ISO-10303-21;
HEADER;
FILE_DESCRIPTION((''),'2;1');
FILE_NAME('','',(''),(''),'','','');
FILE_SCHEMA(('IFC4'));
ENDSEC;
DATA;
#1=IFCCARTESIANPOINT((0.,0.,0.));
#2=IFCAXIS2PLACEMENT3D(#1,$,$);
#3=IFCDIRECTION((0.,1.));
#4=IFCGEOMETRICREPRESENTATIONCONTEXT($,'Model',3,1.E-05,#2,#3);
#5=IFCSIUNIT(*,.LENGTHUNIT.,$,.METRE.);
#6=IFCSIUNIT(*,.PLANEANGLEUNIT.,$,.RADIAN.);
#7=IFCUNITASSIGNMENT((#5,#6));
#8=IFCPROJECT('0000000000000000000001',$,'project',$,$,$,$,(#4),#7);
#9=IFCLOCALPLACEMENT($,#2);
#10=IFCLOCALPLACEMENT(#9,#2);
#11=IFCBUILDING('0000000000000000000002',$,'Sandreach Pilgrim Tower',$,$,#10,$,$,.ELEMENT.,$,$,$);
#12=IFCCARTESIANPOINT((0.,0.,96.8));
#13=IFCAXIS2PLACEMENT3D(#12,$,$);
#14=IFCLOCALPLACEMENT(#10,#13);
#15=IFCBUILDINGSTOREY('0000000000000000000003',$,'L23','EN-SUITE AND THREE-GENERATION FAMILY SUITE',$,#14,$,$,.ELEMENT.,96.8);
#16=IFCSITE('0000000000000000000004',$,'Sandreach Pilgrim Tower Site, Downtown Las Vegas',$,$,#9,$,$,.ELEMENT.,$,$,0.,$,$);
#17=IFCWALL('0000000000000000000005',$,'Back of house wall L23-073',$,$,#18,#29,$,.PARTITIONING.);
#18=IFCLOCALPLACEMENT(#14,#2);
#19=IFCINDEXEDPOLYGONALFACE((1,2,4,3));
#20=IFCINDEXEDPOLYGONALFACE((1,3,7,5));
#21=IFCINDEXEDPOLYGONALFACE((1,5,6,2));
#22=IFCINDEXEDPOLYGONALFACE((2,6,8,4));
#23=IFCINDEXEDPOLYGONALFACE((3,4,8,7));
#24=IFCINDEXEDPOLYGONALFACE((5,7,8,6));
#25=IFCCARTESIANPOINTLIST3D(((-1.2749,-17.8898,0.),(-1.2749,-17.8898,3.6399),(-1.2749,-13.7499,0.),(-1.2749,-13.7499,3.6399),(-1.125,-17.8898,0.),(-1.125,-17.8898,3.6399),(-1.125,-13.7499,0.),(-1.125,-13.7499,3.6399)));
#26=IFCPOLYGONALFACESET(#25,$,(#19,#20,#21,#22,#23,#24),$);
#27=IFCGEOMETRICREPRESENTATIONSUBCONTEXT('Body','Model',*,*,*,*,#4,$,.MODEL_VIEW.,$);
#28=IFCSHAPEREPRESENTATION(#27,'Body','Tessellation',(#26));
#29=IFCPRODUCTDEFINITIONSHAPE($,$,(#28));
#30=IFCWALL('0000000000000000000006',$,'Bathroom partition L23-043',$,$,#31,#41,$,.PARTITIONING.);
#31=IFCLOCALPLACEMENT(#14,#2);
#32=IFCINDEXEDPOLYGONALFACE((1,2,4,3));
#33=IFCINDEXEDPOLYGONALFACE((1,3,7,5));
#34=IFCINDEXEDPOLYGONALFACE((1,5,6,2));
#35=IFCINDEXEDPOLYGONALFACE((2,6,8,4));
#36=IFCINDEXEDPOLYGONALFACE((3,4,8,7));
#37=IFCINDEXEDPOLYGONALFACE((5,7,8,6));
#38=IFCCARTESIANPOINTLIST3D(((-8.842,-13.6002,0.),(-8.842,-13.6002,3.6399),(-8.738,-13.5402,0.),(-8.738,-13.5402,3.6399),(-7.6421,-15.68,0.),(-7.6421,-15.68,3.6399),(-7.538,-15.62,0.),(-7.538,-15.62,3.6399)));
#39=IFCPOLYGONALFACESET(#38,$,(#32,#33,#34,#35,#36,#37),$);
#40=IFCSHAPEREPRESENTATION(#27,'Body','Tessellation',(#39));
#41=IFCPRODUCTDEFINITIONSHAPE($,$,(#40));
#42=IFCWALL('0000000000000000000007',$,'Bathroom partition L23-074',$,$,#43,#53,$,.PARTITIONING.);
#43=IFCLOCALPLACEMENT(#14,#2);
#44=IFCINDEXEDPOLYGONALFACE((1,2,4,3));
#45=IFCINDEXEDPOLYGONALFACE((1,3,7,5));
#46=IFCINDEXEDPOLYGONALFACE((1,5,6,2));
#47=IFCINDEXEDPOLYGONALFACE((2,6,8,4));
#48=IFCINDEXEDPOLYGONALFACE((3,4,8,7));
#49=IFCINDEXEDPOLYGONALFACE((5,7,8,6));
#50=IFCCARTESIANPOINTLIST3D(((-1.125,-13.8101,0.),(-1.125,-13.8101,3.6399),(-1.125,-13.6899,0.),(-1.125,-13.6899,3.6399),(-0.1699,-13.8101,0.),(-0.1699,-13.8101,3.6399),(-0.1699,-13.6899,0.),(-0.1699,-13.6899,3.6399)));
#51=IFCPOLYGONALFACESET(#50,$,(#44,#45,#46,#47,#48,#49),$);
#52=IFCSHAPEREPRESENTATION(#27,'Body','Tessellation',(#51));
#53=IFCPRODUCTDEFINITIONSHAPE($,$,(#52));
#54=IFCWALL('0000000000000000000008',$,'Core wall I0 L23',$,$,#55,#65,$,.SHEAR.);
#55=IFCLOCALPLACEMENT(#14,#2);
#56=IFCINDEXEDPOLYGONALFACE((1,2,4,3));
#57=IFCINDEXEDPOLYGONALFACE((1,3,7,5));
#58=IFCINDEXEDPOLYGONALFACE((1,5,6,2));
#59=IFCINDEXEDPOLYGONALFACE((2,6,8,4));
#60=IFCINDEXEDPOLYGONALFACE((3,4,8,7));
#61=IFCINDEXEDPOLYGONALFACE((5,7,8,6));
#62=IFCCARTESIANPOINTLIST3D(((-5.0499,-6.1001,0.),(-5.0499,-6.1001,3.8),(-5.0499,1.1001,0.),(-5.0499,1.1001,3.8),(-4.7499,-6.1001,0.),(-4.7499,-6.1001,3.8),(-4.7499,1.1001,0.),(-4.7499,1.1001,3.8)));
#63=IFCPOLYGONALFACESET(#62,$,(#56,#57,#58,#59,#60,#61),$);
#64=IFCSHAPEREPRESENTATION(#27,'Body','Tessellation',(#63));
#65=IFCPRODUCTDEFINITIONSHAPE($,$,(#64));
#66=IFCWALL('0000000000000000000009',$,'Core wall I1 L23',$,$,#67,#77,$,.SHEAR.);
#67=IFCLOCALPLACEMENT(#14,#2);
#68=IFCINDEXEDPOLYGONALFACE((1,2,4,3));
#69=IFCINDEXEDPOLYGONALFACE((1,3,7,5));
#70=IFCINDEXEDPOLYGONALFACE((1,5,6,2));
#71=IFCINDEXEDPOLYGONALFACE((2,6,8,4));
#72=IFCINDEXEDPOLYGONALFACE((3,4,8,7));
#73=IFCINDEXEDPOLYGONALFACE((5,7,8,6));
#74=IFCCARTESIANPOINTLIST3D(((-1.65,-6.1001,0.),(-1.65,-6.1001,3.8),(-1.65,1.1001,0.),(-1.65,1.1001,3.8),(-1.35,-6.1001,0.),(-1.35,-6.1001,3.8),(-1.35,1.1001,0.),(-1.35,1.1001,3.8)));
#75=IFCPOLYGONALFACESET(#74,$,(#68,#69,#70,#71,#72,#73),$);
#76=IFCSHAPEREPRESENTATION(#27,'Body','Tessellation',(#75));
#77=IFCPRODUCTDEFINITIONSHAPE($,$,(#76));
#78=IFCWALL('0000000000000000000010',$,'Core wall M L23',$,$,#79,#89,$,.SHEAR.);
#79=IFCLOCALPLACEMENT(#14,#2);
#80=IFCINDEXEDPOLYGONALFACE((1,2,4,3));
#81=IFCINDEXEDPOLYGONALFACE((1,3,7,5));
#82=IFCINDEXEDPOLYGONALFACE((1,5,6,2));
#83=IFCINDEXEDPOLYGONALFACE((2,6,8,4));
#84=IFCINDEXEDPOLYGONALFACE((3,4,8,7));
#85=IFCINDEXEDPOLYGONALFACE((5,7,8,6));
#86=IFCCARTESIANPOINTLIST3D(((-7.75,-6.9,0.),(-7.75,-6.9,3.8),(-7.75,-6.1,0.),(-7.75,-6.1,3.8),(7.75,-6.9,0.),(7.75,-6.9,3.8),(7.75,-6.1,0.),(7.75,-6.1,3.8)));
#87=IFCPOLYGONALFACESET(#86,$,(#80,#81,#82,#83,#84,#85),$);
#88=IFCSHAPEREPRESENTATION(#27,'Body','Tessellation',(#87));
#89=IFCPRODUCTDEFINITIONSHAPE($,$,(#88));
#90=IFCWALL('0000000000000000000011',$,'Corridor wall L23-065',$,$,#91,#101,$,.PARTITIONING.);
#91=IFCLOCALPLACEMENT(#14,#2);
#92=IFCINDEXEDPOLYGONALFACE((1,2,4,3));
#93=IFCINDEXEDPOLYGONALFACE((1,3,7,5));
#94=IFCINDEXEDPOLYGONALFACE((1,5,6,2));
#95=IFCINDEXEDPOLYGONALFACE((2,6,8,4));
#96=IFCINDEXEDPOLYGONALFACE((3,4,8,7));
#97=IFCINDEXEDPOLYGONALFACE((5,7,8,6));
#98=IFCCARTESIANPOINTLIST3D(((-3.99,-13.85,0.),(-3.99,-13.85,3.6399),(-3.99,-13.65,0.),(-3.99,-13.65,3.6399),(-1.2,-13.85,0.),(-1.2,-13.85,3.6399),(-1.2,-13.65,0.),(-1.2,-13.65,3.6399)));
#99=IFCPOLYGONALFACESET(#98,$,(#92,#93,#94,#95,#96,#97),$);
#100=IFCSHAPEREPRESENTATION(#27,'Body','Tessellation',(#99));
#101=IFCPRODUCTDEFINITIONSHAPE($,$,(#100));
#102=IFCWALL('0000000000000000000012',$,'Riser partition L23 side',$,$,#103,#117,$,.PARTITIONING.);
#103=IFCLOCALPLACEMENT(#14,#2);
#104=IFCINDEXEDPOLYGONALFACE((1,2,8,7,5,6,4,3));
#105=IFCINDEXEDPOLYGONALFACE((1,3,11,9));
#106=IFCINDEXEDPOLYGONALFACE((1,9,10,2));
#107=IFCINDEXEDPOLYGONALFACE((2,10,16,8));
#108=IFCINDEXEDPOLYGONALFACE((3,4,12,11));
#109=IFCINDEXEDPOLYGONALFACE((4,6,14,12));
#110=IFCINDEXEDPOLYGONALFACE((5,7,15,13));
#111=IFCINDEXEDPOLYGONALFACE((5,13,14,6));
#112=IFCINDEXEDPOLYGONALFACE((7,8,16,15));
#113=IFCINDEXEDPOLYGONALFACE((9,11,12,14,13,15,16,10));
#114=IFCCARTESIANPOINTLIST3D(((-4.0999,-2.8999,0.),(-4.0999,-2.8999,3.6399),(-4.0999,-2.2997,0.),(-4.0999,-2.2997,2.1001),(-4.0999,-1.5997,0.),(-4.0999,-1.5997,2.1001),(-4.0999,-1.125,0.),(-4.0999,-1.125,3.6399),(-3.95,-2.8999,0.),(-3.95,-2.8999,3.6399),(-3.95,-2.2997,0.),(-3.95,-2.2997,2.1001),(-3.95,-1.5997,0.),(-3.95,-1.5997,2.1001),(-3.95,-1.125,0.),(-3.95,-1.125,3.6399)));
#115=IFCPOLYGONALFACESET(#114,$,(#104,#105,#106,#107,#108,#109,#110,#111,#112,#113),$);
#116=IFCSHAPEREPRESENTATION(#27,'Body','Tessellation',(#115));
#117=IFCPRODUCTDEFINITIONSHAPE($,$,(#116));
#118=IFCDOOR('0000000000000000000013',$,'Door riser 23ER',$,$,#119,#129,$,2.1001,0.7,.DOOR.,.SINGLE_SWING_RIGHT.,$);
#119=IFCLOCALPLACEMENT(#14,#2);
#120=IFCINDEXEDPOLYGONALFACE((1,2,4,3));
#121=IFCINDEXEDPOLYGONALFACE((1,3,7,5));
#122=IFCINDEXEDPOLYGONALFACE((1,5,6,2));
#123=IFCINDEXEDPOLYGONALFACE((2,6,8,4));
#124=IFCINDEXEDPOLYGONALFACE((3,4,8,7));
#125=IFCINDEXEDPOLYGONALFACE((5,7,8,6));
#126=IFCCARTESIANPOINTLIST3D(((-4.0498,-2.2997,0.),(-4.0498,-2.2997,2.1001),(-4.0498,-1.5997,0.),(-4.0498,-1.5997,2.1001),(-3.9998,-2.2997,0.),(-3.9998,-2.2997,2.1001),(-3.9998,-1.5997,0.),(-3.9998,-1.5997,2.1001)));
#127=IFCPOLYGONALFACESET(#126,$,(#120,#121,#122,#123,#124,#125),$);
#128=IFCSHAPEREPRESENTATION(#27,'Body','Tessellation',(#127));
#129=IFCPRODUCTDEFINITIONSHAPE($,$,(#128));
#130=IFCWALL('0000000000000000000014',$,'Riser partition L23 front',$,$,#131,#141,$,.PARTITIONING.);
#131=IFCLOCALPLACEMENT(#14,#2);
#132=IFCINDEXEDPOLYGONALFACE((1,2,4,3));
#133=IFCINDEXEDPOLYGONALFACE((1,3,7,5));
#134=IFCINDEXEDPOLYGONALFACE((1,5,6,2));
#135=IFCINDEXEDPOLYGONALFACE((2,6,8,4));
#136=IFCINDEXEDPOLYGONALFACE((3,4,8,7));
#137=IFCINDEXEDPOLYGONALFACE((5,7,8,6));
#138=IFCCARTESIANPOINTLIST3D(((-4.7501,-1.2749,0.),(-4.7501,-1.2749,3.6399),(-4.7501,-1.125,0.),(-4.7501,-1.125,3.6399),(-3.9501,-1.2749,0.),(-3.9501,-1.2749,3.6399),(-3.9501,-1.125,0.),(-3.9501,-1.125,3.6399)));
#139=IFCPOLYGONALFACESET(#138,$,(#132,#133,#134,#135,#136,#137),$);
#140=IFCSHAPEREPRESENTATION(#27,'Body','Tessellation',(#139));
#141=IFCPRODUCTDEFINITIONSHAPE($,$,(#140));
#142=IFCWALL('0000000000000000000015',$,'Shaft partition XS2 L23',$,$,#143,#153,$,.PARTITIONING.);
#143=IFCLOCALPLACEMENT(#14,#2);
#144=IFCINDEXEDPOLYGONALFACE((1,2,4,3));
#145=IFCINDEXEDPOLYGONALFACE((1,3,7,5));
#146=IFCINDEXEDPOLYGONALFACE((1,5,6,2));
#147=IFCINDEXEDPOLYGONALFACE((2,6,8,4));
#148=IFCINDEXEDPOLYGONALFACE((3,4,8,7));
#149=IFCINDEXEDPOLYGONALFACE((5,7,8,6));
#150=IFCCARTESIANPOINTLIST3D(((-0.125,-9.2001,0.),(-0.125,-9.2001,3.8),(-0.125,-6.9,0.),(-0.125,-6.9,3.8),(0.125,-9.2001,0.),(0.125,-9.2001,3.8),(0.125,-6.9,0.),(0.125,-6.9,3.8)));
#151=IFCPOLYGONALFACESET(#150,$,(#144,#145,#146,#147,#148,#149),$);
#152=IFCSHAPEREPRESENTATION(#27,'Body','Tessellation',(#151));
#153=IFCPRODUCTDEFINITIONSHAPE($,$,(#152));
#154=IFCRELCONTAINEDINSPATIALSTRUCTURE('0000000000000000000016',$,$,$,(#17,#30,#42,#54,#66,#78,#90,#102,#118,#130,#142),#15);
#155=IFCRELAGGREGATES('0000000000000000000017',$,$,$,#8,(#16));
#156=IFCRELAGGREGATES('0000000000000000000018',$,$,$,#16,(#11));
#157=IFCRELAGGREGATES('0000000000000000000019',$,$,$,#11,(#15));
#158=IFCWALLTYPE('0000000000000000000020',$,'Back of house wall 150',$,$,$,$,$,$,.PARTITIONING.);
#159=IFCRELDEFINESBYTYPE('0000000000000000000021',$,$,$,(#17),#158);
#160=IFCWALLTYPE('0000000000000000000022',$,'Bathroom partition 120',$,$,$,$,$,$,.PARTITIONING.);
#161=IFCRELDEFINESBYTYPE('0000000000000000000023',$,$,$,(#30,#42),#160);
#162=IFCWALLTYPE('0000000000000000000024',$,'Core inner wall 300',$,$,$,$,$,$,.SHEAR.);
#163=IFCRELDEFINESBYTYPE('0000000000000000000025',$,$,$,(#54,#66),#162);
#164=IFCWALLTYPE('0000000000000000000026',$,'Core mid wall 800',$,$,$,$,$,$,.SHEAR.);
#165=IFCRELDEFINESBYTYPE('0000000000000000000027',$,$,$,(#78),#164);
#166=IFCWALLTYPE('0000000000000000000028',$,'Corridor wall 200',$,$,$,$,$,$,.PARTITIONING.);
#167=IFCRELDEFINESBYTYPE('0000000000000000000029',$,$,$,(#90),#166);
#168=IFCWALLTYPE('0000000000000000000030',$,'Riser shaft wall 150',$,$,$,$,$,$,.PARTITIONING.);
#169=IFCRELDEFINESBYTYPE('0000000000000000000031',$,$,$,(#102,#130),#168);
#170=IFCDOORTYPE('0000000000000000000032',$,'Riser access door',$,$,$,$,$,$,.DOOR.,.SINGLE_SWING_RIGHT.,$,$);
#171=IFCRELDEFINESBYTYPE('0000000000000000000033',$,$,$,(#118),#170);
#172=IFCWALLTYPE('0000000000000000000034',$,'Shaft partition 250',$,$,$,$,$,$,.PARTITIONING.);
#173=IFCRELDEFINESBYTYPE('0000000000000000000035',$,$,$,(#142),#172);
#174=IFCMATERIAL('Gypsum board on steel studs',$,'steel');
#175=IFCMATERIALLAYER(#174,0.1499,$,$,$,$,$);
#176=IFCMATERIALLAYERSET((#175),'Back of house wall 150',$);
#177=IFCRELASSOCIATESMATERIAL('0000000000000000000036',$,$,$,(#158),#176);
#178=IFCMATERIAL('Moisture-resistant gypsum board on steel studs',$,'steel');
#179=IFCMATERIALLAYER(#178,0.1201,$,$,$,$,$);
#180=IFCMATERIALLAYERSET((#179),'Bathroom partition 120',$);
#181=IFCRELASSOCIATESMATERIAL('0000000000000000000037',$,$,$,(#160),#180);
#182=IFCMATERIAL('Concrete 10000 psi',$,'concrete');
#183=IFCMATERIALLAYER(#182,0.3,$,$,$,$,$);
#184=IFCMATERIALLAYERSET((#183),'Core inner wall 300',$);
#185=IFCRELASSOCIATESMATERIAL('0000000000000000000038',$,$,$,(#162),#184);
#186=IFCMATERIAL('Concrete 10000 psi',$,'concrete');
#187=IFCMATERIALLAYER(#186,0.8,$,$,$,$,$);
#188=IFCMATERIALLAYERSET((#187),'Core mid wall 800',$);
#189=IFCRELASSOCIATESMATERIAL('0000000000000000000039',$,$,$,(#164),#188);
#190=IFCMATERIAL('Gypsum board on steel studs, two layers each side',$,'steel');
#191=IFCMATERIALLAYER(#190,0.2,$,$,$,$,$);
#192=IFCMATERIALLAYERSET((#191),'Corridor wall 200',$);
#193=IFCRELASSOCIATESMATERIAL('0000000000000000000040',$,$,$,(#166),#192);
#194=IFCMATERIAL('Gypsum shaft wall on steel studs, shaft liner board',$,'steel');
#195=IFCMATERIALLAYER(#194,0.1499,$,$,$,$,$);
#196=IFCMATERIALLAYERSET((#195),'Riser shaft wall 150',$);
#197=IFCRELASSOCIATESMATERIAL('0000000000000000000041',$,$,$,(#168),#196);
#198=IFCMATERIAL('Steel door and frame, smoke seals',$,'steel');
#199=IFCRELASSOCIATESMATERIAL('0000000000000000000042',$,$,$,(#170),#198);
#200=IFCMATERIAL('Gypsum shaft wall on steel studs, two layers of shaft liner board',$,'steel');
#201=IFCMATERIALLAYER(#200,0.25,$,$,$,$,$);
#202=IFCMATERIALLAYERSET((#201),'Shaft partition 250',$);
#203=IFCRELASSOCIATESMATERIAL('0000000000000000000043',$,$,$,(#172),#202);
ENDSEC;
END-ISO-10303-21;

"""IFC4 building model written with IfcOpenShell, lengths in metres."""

from ifc_helpers import new_model, si_unit, direction, frame, frame_2d, origin, place, context, subcontext, project, spatial, rectangle, extrude, material, layer, layer_set, type_object, element, fill, save


model = new_model("IFC4")

# Units and contexts
model_context = context("Model", 3, precision=1e-05, world=origin(), true_north=direction((0.0, 1.0)))
body_context = subcontext(model_context, "Body", "Model", "MODEL_VIEW")
ifc_project = project(units=[si_unit("LENGTHUNIT", "METRE"), si_unit("PLANEANGLEUNIT", "RADIAN")], contexts=[model_context])

# Site, building, storey
site_placement = place(None, origin())
site = spatial("IfcSite", under=ifc_project, at=site_placement, Name="Sandreach Pilgrim Tower Site, Downtown Las Vegas", CompositionType="ELEMENT", RefElevation=0.0)
building_placement = place(site_placement, origin())
building = spatial("IfcBuilding", under=site, at=building_placement, Name="Sandreach Pilgrim Tower", CompositionType="ELEMENT")
storey_placement = place(building_placement, frame((0.0, 0.0, 96.8)))
storey = spatial("IfcBuildingStorey", under=building, at=storey_placement, Name="L23", Description="EN-SUITE AND THREE-GENERATION FAMILY SUITE", CompositionType="ELEMENT", Elevation=96.8)

# Walls
ifc_material_1 = material(Name="Gypsum board on steel studs", Category="steel")
ifc_layer_1 = layer(ifc_material_1, 0.1499)
ifc_layer_set_1 = layer_set([ifc_layer_1], Name="Back of house wall 150")
wall_type_1 = type_object("IfcWallType", Name="Back of house wall 150", PredefinedType="PARTITIONING", material=ifc_layer_set_1)
wall_1_placement = place(storey_placement, frame((-1.2, -13.75, 0.0), z_axis=(0.0, 0.0, 1.0), x_axis=(0.0, -1.0, 0.0)))
element("IfcWall", 1, at=wall_1_placement, inside=storey, type_object=wall_type_1, Name="Back of house wall L23-073", PredefinedType="PARTITIONING", context=body_context, shape_type="SweptSolid", body=[
    extrude(rectangle(XDim=4.1399, YDim=0.1499, at=frame_2d((2.0698, 0.0))), origin(), (0.0, 0.0, 1.0), 3.6399),
])
ifc_material_2 = material(Name="Moisture-resistant gypsum board on steel studs", Category="steel")
ifc_layer_2 = layer(ifc_material_2, 0.1201)
ifc_layer_set_2 = layer_set([ifc_layer_2], Name="Bathroom partition 120")
wall_type_2 = type_object("IfcWallType", Name="Bathroom partition 120", PredefinedType="PARTITIONING", material=ifc_layer_set_2)
wall_2_placement = place(storey_placement, frame((-8.79, -13.5701, 0.0), z_axis=(0.0, 0.0, 1.0), x_axis=(0.499737, -0.866177, 0.0)))
element("IfcWall", 2, at=wall_2_placement, inside=storey, type_object=wall_type_2, Name="Bathroom partition L23-043", PredefinedType="PARTITIONING", context=body_context, shape_type="SweptSolid", body=[
    extrude(rectangle(XDim=2.4011, YDim=0.1201, at=frame_2d((1.2007, 0.0))), origin(), (0.0, 0.0, 1.0), 3.6399),
])
wall_3_placement = place(storey_placement, frame((-1.125, -13.75, 0.0), z_axis=(0.0, 0.0, 1.0), x_axis=(1.0, 0.0, 0.0)))
element("IfcWall", 3, at=wall_3_placement, inside=storey, type_object=wall_type_2, Name="Bathroom partition L23-074", PredefinedType="PARTITIONING", context=body_context, shape_type="SweptSolid", body=[
    extrude(rectangle(XDim=0.9551, YDim=0.1201, at=frame_2d((0.4775, 0.0))), origin(), (0.0, 0.0, 1.0), 3.6399),
])
ifc_material_3 = material(Name="Concrete 10000 psi", Category="concrete")
ifc_layer_3 = layer(ifc_material_3, 0.3)
ifc_layer_set_3 = layer_set([ifc_layer_3], Name="Core inner wall 300")
wall_type_3 = type_object("IfcWallType", Name="Core inner wall 300", PredefinedType="SHEAR", material=ifc_layer_set_3)
for number, where, z_axis, x_axis, name in (
    (4, (-4.8999, -6.1001, 0.0), (0.0, 0.0, 1.0), (0.0, 1.0, 0.0), "Core wall I0 L23"),
    (5, (-1.5, -6.1001, 0.0), (0.0, 0.0, 1.0), (0.0, 1.0, 0.0), "Core wall I1 L23"),
):
    element("IfcWall", number, at=place(storey_placement, frame(where, z_axis=z_axis, x_axis=x_axis)), inside=storey, type_object=wall_type_3, Name=name, PredefinedType="SHEAR", context=body_context, shape_type="SweptSolid", body=[
        extrude(rectangle(XDim=7.2002, YDim=0.3, at=frame_2d((3.6001, 0.0))), origin(), (0.0, 0.0, 1.0), 3.8),
    ])

# Wall
ifc_material_4 = material(Name="Concrete 10000 psi", Category="concrete")
ifc_layer_4 = layer(ifc_material_4, 0.8)
ifc_layer_set_4 = layer_set([ifc_layer_4], Name="Core mid wall 800")
wall_type_4 = type_object("IfcWallType", Name="Core mid wall 800", PredefinedType="SHEAR", material=ifc_layer_set_4)
wall_4_placement = place(storey_placement, frame((-7.75, -6.5, 0.0), z_axis=(0.0, 0.0, 1.0), x_axis=(1.0, 0.0, 0.0)))
element("IfcWall", 6, at=wall_4_placement, inside=storey, type_object=wall_type_4, Name="Core wall M L23", PredefinedType="SHEAR", context=body_context, shape_type="SweptSolid", body=[
    extrude(rectangle(XDim=15.5, YDim=0.8, at=frame_2d((7.75, 0.0))), origin(), (0.0, 0.0, 1.0), 3.8),
])

# Wall
ifc_material_5 = material(Name="Gypsum board on steel studs, two layers each side", Category="steel")
ifc_layer_5 = layer(ifc_material_5, 0.2)
ifc_layer_set_5 = layer_set([ifc_layer_5], Name="Corridor wall 200")
wall_type_5 = type_object("IfcWallType", Name="Corridor wall 200", PredefinedType="PARTITIONING", material=ifc_layer_set_5)
wall_5_placement = place(storey_placement, frame((-3.99, -13.75, 0.0), z_axis=(0.0, 0.0, 1.0), x_axis=(1.0, 0.0, 0.0)))
element("IfcWall", 7, at=wall_5_placement, inside=storey, type_object=wall_type_5, Name="Corridor wall L23-065", PredefinedType="PARTITIONING", context=body_context, shape_type="SweptSolid", body=[
    extrude(rectangle(XDim=2.79, YDim=0.2, at=frame_2d((1.395, 0.0))), origin(), (0.0, 0.0, 1.0), 3.6399),
])

# Wall, opening, door
ifc_material_6 = material(Name="Gypsum shaft wall on steel studs, shaft liner board", Category="steel")
ifc_layer_6 = layer(ifc_material_6, 0.1499)
ifc_layer_set_6 = layer_set([ifc_layer_6], Name="Riser shaft wall 150")
wall_type_6 = type_object("IfcWallType", Name="Riser shaft wall 150", PredefinedType="PARTITIONING", material=ifc_layer_set_6)
wall_6_placement = place(storey_placement, frame((-4.0249, -2.8999, 0.0), z_axis=(0.0, 0.0, 1.0), x_axis=(0.0, 1.0, 0.0)))
wall_6 = element("IfcWall", 8, at=wall_6_placement, inside=storey, type_object=wall_type_6, Name="Riser partition L23 side", PredefinedType="PARTITIONING", context=body_context, shape_type="SweptSolid", body=[
    extrude(rectangle(XDim=1.7749, YDim=0.1499, at=frame_2d((0.8875, 0.0))), origin(), (0.0, 0.0, 1.0), 3.6399),
])
opening_1_placement = place(wall_6_placement, frame((0.6001, 0.0, 0.0)))
opening_1 = element("IfcOpeningElement", 9, at=opening_1_placement, cuts=wall_6, PredefinedType="OPENING", context=body_context, shape_type="SweptSolid", body=[
    extrude(rectangle(XDim=0.7, YDim=2.1001, at=frame_2d((0.3501, 1.05))), frame((0.0, 0.075, 0.0), z_axis=(0.0, -1.0, 0.0), x_axis=(1.0, 0.0, 0.0)), (0.0, 0.0, 1.0), 0.1499),
])
ifc_material_7 = material(Name="Steel door and frame, smoke seals", Category="steel")
door_type_1 = type_object("IfcDoorType", Name="Riser access door", OperationType="SINGLE_SWING_RIGHT", PredefinedType="DOOR", material=ifc_material_7)
door_1_placement = place(opening_1_placement, origin())
door_1 = element("IfcDoor", 10, at=door_1_placement, inside=storey, type_object=door_type_1, Name="Door riser 23ER", OperationType="SINGLE_SWING_RIGHT", OverallHeight=2.1001, OverallWidth=0.7, PredefinedType="DOOR", context=body_context, shape_type="SweptSolid", body=[
    extrude(rectangle(XDim=0.7, YDim=2.1001, at=frame_2d((0.3501, 1.05))), frame((0.0, 0.0249, 0.0), z_axis=(0.0, -1.0, 0.0), x_axis=(1.0, 0.0, 0.0)), (0.0, 0.0, 1.0), 0.05),
])
fill(opening_1, door_1)

# Walls
wall_7_placement = place(storey_placement, frame((-4.75, -1.2, 0.0), z_axis=(0.0, 0.0, 1.0), x_axis=(1.0, 0.0, 0.0)))
element("IfcWall", 11, at=wall_7_placement, inside=storey, type_object=wall_type_6, Name="Riser partition L23 front", PredefinedType="PARTITIONING", context=body_context, shape_type="SweptSolid", body=[
    extrude(rectangle(XDim=0.8, YDim=0.1499, at=frame_2d((0.3999, 0.0))), origin(), (0.0, 0.0, 1.0), 3.6399),
])
ifc_material_8 = material(Name="Gypsum shaft wall on steel studs, two layers of shaft liner board", Category="steel")
ifc_layer_7 = layer(ifc_material_8, 0.25)
ifc_layer_set_7 = layer_set([ifc_layer_7], Name="Shaft partition 250")
wall_type_7 = type_object("IfcWallType", Name="Shaft partition 250", PredefinedType="PARTITIONING", material=ifc_layer_set_7)
wall_8_placement = place(storey_placement, frame((0.0, -9.2, 0.0), z_axis=(0.0, 0.0, 1.0), x_axis=(0.0, 1.0, 0.0)))
element("IfcWall", 12, at=wall_8_placement, inside=storey, type_object=wall_type_7, Name="Shaft partition XS2 L23", PredefinedType="PARTITIONING", context=body_context, shape_type="SweptSolid", body=[
    extrude(rectangle(XDim=2.3, YDim=0.25, at=frame_2d((1.1499, 0.0))), origin(), (0.0, 0.0, 1.0), 3.8),
])

save(model, "model.ifc")
